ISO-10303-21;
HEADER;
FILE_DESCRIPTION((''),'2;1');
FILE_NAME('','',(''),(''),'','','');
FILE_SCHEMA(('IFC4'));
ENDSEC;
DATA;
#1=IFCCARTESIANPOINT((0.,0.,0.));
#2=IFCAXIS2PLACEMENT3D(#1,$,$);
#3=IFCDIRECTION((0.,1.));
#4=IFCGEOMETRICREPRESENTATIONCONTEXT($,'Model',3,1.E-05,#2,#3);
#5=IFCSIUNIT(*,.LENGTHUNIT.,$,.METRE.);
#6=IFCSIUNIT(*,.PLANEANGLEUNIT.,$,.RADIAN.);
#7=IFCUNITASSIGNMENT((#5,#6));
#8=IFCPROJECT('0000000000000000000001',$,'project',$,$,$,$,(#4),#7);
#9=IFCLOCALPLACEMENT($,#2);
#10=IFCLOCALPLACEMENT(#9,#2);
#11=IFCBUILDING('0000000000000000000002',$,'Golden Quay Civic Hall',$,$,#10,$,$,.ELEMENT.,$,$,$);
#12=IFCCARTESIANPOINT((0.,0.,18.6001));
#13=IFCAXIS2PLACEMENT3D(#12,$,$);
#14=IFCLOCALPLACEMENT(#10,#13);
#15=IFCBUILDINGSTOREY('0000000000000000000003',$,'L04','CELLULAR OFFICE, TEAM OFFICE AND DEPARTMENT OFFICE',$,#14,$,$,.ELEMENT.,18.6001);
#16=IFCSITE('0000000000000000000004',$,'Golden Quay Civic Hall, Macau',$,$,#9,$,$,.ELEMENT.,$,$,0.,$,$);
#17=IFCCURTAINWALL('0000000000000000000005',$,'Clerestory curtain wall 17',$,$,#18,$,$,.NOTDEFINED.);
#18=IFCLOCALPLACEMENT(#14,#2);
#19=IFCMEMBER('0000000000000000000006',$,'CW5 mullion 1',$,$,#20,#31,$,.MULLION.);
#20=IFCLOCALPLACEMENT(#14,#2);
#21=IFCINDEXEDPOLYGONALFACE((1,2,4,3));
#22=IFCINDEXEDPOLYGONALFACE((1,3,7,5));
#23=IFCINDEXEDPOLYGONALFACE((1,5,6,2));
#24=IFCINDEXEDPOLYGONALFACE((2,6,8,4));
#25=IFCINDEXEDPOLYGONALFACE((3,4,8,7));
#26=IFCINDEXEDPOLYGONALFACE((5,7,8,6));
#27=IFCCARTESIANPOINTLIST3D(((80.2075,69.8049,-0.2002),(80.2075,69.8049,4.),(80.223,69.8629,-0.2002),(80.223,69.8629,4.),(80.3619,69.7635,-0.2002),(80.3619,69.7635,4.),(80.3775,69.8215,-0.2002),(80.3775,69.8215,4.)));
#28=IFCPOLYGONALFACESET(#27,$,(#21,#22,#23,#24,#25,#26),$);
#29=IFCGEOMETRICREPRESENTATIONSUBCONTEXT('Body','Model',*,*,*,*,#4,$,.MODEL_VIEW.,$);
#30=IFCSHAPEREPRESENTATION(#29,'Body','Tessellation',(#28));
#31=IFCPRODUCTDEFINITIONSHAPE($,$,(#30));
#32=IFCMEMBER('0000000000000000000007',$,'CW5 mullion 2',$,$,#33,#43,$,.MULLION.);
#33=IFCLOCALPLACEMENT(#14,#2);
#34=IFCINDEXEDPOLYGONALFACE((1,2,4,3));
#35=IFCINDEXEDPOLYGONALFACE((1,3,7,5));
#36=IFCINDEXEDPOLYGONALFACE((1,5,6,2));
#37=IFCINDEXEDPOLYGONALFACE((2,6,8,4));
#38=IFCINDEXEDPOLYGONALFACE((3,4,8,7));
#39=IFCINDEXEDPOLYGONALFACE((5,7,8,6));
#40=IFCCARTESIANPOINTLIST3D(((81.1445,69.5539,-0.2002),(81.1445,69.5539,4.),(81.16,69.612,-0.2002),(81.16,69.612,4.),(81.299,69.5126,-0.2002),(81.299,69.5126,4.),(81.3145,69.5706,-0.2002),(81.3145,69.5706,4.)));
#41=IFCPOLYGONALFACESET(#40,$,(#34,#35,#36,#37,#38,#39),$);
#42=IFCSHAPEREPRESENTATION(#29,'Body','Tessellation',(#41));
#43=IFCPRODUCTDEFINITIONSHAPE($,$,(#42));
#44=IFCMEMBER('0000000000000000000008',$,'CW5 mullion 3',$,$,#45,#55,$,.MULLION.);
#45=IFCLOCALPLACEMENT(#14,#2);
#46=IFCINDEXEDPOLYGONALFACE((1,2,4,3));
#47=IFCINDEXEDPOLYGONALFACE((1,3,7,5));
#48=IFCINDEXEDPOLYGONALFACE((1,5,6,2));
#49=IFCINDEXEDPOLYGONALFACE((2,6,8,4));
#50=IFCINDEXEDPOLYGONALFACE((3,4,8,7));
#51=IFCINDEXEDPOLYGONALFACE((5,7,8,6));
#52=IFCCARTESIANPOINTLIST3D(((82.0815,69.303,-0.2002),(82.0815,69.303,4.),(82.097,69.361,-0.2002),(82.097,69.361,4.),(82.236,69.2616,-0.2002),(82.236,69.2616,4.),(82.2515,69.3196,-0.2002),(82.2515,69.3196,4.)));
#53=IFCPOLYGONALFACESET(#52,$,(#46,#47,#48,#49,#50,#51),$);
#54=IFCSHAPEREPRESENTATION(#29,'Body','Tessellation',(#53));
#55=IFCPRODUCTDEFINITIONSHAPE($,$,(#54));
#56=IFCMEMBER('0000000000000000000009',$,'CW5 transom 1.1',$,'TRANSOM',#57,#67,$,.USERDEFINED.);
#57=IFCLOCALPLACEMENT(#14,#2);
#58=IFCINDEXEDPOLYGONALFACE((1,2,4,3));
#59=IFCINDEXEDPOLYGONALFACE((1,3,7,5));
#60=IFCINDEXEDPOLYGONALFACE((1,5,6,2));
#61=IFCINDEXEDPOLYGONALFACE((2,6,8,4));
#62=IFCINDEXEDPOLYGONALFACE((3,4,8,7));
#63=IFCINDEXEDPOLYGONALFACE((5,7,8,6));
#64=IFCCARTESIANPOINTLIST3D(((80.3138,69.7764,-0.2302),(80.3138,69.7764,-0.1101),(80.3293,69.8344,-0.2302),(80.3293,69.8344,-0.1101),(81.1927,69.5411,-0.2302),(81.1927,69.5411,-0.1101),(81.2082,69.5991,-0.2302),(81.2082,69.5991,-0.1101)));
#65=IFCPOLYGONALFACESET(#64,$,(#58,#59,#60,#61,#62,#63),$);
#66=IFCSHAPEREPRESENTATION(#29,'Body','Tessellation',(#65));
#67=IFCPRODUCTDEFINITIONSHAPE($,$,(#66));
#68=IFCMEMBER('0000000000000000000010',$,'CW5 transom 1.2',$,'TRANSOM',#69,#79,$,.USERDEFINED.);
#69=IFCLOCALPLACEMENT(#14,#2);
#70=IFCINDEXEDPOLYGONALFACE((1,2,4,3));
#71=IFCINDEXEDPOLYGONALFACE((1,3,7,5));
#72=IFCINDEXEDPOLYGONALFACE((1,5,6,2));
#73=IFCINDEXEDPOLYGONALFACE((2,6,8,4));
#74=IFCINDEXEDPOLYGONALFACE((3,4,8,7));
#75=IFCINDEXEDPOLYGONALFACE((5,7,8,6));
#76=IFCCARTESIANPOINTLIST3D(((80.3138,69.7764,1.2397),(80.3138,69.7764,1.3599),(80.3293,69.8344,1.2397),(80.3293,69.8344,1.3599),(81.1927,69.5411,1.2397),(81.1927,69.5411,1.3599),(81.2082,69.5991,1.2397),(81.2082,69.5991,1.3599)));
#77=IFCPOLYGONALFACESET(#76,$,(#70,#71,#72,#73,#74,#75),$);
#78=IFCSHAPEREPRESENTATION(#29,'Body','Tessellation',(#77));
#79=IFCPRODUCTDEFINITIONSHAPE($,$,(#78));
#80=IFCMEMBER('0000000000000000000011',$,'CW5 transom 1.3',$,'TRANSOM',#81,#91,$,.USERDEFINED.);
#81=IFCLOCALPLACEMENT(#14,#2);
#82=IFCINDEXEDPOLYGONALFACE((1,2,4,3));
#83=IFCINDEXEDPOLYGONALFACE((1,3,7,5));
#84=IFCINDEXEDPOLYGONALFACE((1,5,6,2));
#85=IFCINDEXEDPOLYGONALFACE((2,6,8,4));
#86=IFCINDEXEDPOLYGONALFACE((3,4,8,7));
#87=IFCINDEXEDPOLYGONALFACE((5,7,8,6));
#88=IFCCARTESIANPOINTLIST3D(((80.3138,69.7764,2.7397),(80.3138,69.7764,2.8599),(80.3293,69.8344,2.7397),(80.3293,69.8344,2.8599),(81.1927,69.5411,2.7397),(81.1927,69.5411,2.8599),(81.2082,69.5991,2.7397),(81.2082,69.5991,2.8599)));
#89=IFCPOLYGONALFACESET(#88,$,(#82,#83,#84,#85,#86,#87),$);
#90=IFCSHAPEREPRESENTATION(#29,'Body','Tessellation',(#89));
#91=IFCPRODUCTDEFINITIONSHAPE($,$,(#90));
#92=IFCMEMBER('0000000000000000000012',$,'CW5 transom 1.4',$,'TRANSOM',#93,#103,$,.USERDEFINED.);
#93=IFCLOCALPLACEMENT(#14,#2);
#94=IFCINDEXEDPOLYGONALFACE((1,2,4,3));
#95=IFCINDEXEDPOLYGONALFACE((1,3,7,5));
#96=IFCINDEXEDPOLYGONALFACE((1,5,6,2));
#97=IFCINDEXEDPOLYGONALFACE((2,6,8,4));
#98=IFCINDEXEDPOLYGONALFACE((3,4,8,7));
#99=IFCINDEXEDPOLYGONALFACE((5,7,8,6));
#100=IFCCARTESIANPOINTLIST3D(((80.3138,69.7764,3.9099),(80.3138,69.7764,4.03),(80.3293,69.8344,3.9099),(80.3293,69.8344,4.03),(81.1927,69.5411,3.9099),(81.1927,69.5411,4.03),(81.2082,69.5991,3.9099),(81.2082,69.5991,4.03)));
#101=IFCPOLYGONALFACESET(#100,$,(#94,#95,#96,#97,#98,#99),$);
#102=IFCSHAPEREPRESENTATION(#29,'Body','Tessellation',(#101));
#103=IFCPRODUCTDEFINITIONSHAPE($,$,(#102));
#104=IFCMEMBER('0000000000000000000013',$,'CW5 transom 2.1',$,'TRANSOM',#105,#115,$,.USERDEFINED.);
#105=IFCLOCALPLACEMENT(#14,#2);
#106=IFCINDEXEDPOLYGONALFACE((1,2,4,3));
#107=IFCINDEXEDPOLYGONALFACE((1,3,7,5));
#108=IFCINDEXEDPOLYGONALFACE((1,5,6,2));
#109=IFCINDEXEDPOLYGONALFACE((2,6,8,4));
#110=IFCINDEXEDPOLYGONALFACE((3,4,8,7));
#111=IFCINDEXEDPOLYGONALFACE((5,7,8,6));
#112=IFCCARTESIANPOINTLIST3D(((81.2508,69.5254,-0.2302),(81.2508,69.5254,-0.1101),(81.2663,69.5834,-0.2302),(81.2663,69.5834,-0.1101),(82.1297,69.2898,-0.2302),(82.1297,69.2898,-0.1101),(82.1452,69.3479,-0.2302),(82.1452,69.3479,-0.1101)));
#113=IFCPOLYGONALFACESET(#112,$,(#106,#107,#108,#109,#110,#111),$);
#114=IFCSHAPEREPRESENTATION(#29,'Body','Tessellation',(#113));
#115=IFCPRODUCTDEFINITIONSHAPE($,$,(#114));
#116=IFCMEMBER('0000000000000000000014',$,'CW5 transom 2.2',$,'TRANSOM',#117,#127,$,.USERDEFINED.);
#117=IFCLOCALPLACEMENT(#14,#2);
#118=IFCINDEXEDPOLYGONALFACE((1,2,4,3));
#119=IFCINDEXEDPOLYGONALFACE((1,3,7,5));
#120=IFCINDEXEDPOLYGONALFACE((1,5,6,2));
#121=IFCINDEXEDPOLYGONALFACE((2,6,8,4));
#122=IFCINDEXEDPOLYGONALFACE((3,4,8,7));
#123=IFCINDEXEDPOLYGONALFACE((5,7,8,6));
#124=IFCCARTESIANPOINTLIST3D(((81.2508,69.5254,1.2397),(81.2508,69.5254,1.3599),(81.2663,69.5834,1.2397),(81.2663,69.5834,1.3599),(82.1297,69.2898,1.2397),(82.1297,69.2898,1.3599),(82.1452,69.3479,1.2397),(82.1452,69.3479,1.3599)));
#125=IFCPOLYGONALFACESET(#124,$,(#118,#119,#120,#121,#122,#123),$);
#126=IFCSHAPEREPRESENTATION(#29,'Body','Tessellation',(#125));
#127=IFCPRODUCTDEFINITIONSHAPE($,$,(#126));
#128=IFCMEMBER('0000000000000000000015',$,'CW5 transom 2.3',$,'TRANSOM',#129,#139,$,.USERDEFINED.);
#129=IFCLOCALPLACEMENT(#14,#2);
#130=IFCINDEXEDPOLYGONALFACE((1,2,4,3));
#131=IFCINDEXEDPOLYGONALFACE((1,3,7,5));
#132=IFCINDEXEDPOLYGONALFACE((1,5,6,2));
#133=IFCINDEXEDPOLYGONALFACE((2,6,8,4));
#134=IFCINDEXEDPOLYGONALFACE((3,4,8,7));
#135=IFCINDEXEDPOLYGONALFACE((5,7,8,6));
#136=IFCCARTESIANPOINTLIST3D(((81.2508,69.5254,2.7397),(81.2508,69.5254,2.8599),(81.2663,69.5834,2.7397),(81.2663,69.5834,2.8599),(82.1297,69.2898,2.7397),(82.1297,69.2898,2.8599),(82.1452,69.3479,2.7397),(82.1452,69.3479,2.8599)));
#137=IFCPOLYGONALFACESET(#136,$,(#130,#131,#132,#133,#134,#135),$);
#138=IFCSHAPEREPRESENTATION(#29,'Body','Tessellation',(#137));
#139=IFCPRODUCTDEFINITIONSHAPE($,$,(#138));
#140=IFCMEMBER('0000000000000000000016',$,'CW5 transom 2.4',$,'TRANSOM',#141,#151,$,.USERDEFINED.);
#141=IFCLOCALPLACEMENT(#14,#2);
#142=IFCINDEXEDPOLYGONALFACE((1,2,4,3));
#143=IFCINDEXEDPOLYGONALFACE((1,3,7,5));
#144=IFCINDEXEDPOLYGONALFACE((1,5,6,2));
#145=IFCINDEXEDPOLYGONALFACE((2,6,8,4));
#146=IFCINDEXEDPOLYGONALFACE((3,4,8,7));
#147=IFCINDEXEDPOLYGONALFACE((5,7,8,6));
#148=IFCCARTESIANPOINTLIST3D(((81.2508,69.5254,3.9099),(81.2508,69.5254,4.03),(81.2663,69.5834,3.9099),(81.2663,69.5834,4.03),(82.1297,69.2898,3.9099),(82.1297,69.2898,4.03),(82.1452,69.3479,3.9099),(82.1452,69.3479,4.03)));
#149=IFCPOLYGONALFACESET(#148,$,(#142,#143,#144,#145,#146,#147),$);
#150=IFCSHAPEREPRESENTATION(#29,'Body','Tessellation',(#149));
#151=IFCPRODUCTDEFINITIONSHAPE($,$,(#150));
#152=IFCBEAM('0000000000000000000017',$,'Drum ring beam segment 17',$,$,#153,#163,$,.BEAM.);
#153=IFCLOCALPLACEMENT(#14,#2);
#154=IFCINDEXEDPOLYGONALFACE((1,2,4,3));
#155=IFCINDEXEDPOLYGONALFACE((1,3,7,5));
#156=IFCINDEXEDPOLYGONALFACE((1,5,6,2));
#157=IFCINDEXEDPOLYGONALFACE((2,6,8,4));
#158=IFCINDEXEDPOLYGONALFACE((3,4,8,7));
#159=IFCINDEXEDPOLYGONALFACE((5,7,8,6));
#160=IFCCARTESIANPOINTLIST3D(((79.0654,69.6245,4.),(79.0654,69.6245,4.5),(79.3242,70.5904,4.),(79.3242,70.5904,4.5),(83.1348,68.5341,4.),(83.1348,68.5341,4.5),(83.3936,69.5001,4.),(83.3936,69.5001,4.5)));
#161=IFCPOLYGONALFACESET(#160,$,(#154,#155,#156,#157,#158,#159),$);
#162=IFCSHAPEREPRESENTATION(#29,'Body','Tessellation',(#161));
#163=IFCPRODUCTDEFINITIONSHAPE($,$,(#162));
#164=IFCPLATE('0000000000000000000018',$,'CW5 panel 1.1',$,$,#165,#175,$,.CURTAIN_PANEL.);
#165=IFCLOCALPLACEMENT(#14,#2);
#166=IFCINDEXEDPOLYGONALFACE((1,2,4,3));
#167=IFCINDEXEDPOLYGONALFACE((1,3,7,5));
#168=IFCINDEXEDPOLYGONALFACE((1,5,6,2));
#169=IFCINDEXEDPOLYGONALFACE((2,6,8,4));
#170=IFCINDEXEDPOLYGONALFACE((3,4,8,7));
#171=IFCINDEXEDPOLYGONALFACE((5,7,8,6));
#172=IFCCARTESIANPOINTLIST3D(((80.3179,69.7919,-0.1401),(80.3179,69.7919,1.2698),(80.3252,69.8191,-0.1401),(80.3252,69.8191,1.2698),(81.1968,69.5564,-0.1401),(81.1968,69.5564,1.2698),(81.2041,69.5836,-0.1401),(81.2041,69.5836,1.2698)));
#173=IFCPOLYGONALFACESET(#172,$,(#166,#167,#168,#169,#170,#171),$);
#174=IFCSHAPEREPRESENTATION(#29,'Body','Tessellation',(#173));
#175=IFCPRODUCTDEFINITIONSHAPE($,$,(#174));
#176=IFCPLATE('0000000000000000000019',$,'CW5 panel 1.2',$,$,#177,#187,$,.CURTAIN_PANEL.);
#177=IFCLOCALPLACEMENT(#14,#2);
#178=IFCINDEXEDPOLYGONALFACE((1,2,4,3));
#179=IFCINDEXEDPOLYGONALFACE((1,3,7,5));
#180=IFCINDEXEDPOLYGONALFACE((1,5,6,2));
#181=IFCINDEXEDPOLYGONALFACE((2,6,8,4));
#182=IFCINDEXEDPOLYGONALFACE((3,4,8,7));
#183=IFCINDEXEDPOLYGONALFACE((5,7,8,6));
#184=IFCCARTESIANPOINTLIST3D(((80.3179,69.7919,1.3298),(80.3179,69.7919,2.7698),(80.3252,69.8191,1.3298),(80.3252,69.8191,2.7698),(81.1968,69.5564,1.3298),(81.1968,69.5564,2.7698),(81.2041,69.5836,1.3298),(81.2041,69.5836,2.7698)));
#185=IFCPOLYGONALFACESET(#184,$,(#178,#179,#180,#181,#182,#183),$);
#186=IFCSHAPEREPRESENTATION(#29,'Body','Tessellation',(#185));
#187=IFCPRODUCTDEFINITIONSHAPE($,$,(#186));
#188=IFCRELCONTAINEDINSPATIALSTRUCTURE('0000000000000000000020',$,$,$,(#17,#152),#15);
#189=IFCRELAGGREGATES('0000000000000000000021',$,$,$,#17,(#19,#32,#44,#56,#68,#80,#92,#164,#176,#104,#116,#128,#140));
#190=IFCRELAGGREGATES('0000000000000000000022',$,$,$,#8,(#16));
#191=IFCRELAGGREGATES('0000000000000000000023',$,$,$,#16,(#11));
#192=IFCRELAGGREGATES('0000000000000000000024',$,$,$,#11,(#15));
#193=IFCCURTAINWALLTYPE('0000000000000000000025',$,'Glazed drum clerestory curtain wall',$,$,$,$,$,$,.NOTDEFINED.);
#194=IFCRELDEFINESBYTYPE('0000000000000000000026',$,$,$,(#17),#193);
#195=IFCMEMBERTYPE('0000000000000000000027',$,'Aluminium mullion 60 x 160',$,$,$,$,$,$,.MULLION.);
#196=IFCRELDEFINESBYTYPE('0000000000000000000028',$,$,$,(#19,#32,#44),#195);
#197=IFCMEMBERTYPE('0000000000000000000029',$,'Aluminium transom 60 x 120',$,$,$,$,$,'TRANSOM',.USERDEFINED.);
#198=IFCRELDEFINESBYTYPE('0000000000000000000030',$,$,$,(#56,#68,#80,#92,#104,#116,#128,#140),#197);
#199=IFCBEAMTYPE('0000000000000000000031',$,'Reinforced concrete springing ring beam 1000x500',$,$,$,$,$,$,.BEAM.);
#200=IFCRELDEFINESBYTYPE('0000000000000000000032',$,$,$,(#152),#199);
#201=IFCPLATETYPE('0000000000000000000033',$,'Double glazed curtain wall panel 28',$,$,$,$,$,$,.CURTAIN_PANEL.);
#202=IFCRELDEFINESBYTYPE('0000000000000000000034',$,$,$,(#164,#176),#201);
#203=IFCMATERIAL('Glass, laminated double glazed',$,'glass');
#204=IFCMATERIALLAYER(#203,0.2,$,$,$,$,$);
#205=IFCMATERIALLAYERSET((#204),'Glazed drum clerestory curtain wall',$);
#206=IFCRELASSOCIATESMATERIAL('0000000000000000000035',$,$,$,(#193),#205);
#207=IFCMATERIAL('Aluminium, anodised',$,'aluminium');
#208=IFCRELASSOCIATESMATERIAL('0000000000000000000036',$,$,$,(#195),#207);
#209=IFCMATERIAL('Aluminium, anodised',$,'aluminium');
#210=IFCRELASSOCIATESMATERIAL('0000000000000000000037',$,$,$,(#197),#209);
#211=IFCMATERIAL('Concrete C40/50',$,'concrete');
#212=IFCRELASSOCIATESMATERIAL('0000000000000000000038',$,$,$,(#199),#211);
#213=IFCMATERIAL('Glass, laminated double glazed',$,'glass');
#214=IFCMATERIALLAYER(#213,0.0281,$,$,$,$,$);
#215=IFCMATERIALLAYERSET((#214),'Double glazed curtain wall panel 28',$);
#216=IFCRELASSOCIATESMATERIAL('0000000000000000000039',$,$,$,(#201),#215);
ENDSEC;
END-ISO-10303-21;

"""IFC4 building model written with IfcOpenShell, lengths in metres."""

from ifc_helpers import new_model, si_unit, direction, frame, origin, origin_2d, place, context, subcontext, project, spatial, rectangle, extrude, material, layer, layer_set, material_profile, profile_set, type_object, element, aggregate, save


model = new_model("IFC4")

# Units and contexts
model_context = context("Model", 3, precision=1e-05, world=origin(), true_north=direction((0.0, 1.0)))
body_context = subcontext(model_context, "Body", "Model", "MODEL_VIEW")
ifc_project = project(units=[si_unit("LENGTHUNIT", "METRE"), si_unit("PLANEANGLEUNIT", "RADIAN")], contexts=[model_context])

# Site, building, storey
site_placement = place(None, origin())
site = spatial("IfcSite", under=ifc_project, at=site_placement, Name="Golden Quay Civic Hall, Macau", CompositionType="ELEMENT", RefElevation=0.0)
building_placement = place(site_placement, origin())
building = spatial("IfcBuilding", under=site, at=building_placement, Name="Golden Quay Civic Hall", CompositionType="ELEMENT")
storey_placement = place(building_placement, frame((0.0, 0.0, 18.6001)))
storey = spatial("IfcBuildingStorey", under=building, at=storey_placement, Name="L04", Description="CELLULAR OFFICE, TEAM OFFICE AND DEPARTMENT OFFICE", CompositionType="ELEMENT", Elevation=18.6001)

# Curtain wall, members
ifc_material_1 = material(Name="Glass, laminated double glazed", Category="glass")
ifc_layer_1 = layer(ifc_material_1, 0.2)
ifc_layer_set_1 = layer_set([ifc_layer_1], Name="Glazed drum clerestory curtain wall")
curtain_wall_type = type_object("IfcCurtainWallType", Name="Glazed drum clerestory curtain wall", PredefinedType="NOTDEFINED", material=ifc_layer_set_1)
curtain_wall_placement = place(storey_placement, origin())
curtain_wall = element("IfcCurtainWall", 1, at=curtain_wall_placement, inside=storey, type_object=curtain_wall_type, Name="Clerestory curtain wall 17", PredefinedType="NOTDEFINED")
ifc_material_2 = material(Name="Aluminium, anodised", Category="aluminium")
ifc_material_profile_1 = material_profile(ifc_material_2, rectangle(XDim=0.0601, YDim=0.1599, at=origin_2d()), Name="Aluminium 60 x 160")
ifc_profile_set_1 = profile_set([ifc_material_profile_1], Name="Aluminium, anodised")
member_type_1 = type_object("IfcMemberType", Name="Aluminium mullion 60 x 160", PredefinedType="MULLION", material=ifc_profile_set_1)
member_1_placement = place(storey_placement, frame((80.2925, 69.8132, -0.2002), z_axis=(0.0, 0.0, 1.0), x_axis=(0.258808, 0.965929, 0.0)))
member_1 = element("IfcMember", 2, at=member_1_placement, type_object=member_type_1, Name="CW5 mullion 1", PredefinedType="MULLION", context=body_context, shape_type="SweptSolid", body=[
    extrude(rectangle(XDim=0.0601, YDim=0.1599, at=origin_2d()), origin(), (0.0, 0.0, 1.0), 4.2002),
])
member_2_placement = place(storey_placement, frame((81.2295, 69.5623, -0.2002), z_axis=(0.0, 0.0, 1.0), x_axis=(0.258808, 0.965929, 0.0)))
member_2 = element("IfcMember", 3, at=member_2_placement, type_object=member_type_1, Name="CW5 mullion 2", PredefinedType="MULLION", context=body_context, shape_type="SweptSolid", body=[
    extrude(rectangle(XDim=0.0601, YDim=0.1599, at=origin_2d()), origin(), (0.0, 0.0, 1.0), 4.2002),
])
member_3_placement = place(storey_placement, frame((82.1665, 69.3113, -0.2002), z_axis=(0.0, 0.0, 1.0), x_axis=(0.258808, 0.965929, 0.0)))
member_3 = element("IfcMember", 4, at=member_3_placement, type_object=member_type_1, Name="CW5 mullion 3", PredefinedType="MULLION", context=body_context, shape_type="SweptSolid", body=[
    extrude(rectangle(XDim=0.0601, YDim=0.1599, at=origin_2d()), origin(), (0.0, 0.0, 1.0), 4.2002),
])
ifc_material_3 = material(Name="Aluminium, anodised", Category="aluminium")
ifc_material_profile_2 = material_profile(ifc_material_3, rectangle(XDim=0.0601, YDim=0.1201, at=origin_2d()), Name="Aluminium 60 x 120")
ifc_profile_set_2 = profile_set([ifc_material_profile_2], Name="Aluminium, anodised")
member_type_2 = type_object("IfcMemberType", Name="Aluminium transom 60 x 120", ElementType="TRANSOM", PredefinedType="USERDEFINED", material=ifc_profile_set_2)
member_4_placement = place(storey_placement, frame((80.3215, 69.8054, -0.1702), z_axis=(0.965967, -0.258665, 0.0), x_axis=(0.258665, 0.965967, 0.0)))
member_4 = element("IfcMember", 5, at=member_4_placement, type_object=member_type_2, Name="CW5 transom 1.1", ObjectType="TRANSOM", PredefinedType="USERDEFINED", context=body_context, shape_type="SweptSolid", body=[
    extrude(rectangle(XDim=0.0601, YDim=0.1201, at=origin_2d()), origin(), (0.0, 0.0, 1.0), 0.9099),
])
member_5_placement = place(storey_placement, frame((80.3215, 69.8054, 1.2998), z_axis=(0.965967, -0.258665, 0.0), x_axis=(0.258665, 0.965967, 0.0)))
member_5 = element("IfcMember", 6, at=member_5_placement, type_object=member_type_2, Name="CW5 transom 1.2", ObjectType="TRANSOM", PredefinedType="USERDEFINED", context=body_context, shape_type="SweptSolid", body=[
    extrude(rectangle(XDim=0.0601, YDim=0.1201, at=origin_2d()), origin(), (0.0, 0.0, 1.0), 0.9099),
])
member_6_placement = place(storey_placement, frame((80.3215, 69.8054, 2.7998), z_axis=(0.965967, -0.258665, 0.0), x_axis=(0.258665, 0.965967, 0.0)))
member_6 = element("IfcMember", 7, at=member_6_placement, type_object=member_type_2, Name="CW5 transom 1.3", ObjectType="TRANSOM", PredefinedType="USERDEFINED", context=body_context, shape_type="SweptSolid", body=[
    extrude(rectangle(XDim=0.0601, YDim=0.1201, at=origin_2d()), origin(), (0.0, 0.0, 1.0), 0.9099),
])
member_7_placement = place(storey_placement, frame((80.3215, 69.8054, 3.97), z_axis=(0.965967, -0.258665, 0.0), x_axis=(0.258665, 0.965967, 0.0)))
member_7 = element("IfcMember", 8, at=member_7_placement, type_object=member_type_2, Name="CW5 transom 1.4", ObjectType="TRANSOM", PredefinedType="USERDEFINED", context=body_context, shape_type="SweptSolid", body=[
    extrude(rectangle(XDim=0.0601, YDim=0.1201, at=origin_2d()), origin(), (0.0, 0.0, 1.0), 0.9099),
])
member_8_placement = place(storey_placement, frame((81.2585, 69.5544, -0.1702), z_axis=(0.9659, -0.258915, 0.0), x_axis=(0.258915, 0.9659, 0.0)))
member_8 = element("IfcMember", 9, at=member_8_placement, type_object=member_type_2, Name="CW5 transom 2.1", ObjectType="TRANSOM", PredefinedType="USERDEFINED", context=body_context, shape_type="SweptSolid", body=[
    extrude(rectangle(XDim=0.0601, YDim=0.1201, at=origin_2d()), origin(), (0.0, 0.0, 1.0), 0.9099),
])
member_9_placement = place(storey_placement, frame((81.2585, 69.5544, 1.2998), z_axis=(0.9659, -0.258915, 0.0), x_axis=(0.258915, 0.9659, 0.0)))
member_9 = element("IfcMember", 10, at=member_9_placement, type_object=member_type_2, Name="CW5 transom 2.2", ObjectType="TRANSOM", PredefinedType="USERDEFINED", context=body_context, shape_type="SweptSolid", body=[
    extrude(rectangle(XDim=0.0601, YDim=0.1201, at=origin_2d()), origin(), (0.0, 0.0, 1.0), 0.9099),
])
member_10_placement = place(storey_placement, frame((81.2585, 69.5544, 2.7998), z_axis=(0.9659, -0.258915, 0.0), x_axis=(0.258915, 0.9659, 0.0)))
member_10 = element("IfcMember", 11, at=member_10_placement, type_object=member_type_2, Name="CW5 transom 2.3", ObjectType="TRANSOM", PredefinedType="USERDEFINED", context=body_context, shape_type="SweptSolid", body=[
    extrude(rectangle(XDim=0.0601, YDim=0.1201, at=origin_2d()), origin(), (0.0, 0.0, 1.0), 0.9099),
])
member_11_placement = place(storey_placement, frame((81.2585, 69.5544, 3.97), z_axis=(0.9659, -0.258915, 0.0), x_axis=(0.258915, 0.9659, 0.0)))
member_11 = element("IfcMember", 12, at=member_11_placement, type_object=member_type_2, Name="CW5 transom 2.4", ObjectType="TRANSOM", PredefinedType="USERDEFINED", context=body_context, shape_type="SweptSolid", body=[
    extrude(rectangle(XDim=0.0601, YDim=0.1201, at=origin_2d()), origin(), (0.0, 0.0, 1.0), 0.9099),
])

# Beam
ifc_material_4 = material(Name="Concrete C40/50", Category="concrete")
ifc_material_profile_3 = material_profile(ifc_material_4, rectangle(XDim=1.0, YDim=0.5, at=origin_2d()), Name="RC 1000x500")
ifc_profile_set_3 = profile_set([ifc_material_profile_3], Name="Concrete C40/50")
beam_type = type_object("IfcBeamType", Name="Reinforced concrete springing ring beam 1000x500", PredefinedType="BEAM", material=ifc_profile_set_3)
beam_placement = place(storey_placement, frame((79.1948, 70.1074, 4.25), z_axis=(0.965928, -0.258809, 0.0), x_axis=(0.258809, 0.965928, 0.0)))
element("IfcBeam", 13, at=beam_placement, inside=storey, type_object=beam_type, Name="Drum ring beam segment 17", PredefinedType="BEAM", context=body_context, shape_type="SweptSolid", body=[
    extrude(rectangle(XDim=1.0, YDim=0.5, at=origin_2d()), origin(), (0.0, 0.0, 1.0), 4.2129),
])

# Plates
ifc_material_5 = material(Name="Glass, laminated double glazed", Category="glass")
ifc_layer_2 = layer(ifc_material_5, 0.0281)
ifc_layer_set_2 = layer_set([ifc_layer_2], Name="Double glazed curtain wall panel 28")
plate_type = type_object("IfcPlateType", Name="Double glazed curtain wall panel 28", PredefinedType="CURTAIN_PANEL", material=ifc_layer_set_2)
plate_1_placement = place(storey_placement, frame((80.761, 69.6877, -0.1401), z_axis=(0.0, 0.0, 1.0), x_axis=(0.965929, -0.258808, 0.0)))
plate_1 = element("IfcPlate", 14, at=plate_1_placement, type_object=plate_type, Name="CW5 panel 1.1", PredefinedType="CURTAIN_PANEL", context=body_context, shape_type="SweptSolid", body=[
    extrude(rectangle(XDim=0.9099, YDim=0.0281, at=origin_2d()), origin(), (0.0, 0.0, 1.0), 1.4099),
])
plate_2_placement = place(storey_placement, frame((80.761, 69.6877, 1.3298), z_axis=(0.0, 0.0, 1.0), x_axis=(0.965929, -0.258808, 0.0)))
plate_2 = element("IfcPlate", 15, at=plate_2_placement, type_object=plate_type, Name="CW5 panel 1.2", PredefinedType="CURTAIN_PANEL", context=body_context, shape_type="SweptSolid", body=[
    extrude(rectangle(XDim=0.9099, YDim=0.0281, at=origin_2d()), origin(), (0.0, 0.0, 1.0), 1.4399),
])
aggregate(curtain_wall, [member_1, member_2, member_3, member_4, member_5, member_6, member_7, plate_1, plate_2, member_8, member_9, member_10, member_11])

save(model, "model.ifc")
